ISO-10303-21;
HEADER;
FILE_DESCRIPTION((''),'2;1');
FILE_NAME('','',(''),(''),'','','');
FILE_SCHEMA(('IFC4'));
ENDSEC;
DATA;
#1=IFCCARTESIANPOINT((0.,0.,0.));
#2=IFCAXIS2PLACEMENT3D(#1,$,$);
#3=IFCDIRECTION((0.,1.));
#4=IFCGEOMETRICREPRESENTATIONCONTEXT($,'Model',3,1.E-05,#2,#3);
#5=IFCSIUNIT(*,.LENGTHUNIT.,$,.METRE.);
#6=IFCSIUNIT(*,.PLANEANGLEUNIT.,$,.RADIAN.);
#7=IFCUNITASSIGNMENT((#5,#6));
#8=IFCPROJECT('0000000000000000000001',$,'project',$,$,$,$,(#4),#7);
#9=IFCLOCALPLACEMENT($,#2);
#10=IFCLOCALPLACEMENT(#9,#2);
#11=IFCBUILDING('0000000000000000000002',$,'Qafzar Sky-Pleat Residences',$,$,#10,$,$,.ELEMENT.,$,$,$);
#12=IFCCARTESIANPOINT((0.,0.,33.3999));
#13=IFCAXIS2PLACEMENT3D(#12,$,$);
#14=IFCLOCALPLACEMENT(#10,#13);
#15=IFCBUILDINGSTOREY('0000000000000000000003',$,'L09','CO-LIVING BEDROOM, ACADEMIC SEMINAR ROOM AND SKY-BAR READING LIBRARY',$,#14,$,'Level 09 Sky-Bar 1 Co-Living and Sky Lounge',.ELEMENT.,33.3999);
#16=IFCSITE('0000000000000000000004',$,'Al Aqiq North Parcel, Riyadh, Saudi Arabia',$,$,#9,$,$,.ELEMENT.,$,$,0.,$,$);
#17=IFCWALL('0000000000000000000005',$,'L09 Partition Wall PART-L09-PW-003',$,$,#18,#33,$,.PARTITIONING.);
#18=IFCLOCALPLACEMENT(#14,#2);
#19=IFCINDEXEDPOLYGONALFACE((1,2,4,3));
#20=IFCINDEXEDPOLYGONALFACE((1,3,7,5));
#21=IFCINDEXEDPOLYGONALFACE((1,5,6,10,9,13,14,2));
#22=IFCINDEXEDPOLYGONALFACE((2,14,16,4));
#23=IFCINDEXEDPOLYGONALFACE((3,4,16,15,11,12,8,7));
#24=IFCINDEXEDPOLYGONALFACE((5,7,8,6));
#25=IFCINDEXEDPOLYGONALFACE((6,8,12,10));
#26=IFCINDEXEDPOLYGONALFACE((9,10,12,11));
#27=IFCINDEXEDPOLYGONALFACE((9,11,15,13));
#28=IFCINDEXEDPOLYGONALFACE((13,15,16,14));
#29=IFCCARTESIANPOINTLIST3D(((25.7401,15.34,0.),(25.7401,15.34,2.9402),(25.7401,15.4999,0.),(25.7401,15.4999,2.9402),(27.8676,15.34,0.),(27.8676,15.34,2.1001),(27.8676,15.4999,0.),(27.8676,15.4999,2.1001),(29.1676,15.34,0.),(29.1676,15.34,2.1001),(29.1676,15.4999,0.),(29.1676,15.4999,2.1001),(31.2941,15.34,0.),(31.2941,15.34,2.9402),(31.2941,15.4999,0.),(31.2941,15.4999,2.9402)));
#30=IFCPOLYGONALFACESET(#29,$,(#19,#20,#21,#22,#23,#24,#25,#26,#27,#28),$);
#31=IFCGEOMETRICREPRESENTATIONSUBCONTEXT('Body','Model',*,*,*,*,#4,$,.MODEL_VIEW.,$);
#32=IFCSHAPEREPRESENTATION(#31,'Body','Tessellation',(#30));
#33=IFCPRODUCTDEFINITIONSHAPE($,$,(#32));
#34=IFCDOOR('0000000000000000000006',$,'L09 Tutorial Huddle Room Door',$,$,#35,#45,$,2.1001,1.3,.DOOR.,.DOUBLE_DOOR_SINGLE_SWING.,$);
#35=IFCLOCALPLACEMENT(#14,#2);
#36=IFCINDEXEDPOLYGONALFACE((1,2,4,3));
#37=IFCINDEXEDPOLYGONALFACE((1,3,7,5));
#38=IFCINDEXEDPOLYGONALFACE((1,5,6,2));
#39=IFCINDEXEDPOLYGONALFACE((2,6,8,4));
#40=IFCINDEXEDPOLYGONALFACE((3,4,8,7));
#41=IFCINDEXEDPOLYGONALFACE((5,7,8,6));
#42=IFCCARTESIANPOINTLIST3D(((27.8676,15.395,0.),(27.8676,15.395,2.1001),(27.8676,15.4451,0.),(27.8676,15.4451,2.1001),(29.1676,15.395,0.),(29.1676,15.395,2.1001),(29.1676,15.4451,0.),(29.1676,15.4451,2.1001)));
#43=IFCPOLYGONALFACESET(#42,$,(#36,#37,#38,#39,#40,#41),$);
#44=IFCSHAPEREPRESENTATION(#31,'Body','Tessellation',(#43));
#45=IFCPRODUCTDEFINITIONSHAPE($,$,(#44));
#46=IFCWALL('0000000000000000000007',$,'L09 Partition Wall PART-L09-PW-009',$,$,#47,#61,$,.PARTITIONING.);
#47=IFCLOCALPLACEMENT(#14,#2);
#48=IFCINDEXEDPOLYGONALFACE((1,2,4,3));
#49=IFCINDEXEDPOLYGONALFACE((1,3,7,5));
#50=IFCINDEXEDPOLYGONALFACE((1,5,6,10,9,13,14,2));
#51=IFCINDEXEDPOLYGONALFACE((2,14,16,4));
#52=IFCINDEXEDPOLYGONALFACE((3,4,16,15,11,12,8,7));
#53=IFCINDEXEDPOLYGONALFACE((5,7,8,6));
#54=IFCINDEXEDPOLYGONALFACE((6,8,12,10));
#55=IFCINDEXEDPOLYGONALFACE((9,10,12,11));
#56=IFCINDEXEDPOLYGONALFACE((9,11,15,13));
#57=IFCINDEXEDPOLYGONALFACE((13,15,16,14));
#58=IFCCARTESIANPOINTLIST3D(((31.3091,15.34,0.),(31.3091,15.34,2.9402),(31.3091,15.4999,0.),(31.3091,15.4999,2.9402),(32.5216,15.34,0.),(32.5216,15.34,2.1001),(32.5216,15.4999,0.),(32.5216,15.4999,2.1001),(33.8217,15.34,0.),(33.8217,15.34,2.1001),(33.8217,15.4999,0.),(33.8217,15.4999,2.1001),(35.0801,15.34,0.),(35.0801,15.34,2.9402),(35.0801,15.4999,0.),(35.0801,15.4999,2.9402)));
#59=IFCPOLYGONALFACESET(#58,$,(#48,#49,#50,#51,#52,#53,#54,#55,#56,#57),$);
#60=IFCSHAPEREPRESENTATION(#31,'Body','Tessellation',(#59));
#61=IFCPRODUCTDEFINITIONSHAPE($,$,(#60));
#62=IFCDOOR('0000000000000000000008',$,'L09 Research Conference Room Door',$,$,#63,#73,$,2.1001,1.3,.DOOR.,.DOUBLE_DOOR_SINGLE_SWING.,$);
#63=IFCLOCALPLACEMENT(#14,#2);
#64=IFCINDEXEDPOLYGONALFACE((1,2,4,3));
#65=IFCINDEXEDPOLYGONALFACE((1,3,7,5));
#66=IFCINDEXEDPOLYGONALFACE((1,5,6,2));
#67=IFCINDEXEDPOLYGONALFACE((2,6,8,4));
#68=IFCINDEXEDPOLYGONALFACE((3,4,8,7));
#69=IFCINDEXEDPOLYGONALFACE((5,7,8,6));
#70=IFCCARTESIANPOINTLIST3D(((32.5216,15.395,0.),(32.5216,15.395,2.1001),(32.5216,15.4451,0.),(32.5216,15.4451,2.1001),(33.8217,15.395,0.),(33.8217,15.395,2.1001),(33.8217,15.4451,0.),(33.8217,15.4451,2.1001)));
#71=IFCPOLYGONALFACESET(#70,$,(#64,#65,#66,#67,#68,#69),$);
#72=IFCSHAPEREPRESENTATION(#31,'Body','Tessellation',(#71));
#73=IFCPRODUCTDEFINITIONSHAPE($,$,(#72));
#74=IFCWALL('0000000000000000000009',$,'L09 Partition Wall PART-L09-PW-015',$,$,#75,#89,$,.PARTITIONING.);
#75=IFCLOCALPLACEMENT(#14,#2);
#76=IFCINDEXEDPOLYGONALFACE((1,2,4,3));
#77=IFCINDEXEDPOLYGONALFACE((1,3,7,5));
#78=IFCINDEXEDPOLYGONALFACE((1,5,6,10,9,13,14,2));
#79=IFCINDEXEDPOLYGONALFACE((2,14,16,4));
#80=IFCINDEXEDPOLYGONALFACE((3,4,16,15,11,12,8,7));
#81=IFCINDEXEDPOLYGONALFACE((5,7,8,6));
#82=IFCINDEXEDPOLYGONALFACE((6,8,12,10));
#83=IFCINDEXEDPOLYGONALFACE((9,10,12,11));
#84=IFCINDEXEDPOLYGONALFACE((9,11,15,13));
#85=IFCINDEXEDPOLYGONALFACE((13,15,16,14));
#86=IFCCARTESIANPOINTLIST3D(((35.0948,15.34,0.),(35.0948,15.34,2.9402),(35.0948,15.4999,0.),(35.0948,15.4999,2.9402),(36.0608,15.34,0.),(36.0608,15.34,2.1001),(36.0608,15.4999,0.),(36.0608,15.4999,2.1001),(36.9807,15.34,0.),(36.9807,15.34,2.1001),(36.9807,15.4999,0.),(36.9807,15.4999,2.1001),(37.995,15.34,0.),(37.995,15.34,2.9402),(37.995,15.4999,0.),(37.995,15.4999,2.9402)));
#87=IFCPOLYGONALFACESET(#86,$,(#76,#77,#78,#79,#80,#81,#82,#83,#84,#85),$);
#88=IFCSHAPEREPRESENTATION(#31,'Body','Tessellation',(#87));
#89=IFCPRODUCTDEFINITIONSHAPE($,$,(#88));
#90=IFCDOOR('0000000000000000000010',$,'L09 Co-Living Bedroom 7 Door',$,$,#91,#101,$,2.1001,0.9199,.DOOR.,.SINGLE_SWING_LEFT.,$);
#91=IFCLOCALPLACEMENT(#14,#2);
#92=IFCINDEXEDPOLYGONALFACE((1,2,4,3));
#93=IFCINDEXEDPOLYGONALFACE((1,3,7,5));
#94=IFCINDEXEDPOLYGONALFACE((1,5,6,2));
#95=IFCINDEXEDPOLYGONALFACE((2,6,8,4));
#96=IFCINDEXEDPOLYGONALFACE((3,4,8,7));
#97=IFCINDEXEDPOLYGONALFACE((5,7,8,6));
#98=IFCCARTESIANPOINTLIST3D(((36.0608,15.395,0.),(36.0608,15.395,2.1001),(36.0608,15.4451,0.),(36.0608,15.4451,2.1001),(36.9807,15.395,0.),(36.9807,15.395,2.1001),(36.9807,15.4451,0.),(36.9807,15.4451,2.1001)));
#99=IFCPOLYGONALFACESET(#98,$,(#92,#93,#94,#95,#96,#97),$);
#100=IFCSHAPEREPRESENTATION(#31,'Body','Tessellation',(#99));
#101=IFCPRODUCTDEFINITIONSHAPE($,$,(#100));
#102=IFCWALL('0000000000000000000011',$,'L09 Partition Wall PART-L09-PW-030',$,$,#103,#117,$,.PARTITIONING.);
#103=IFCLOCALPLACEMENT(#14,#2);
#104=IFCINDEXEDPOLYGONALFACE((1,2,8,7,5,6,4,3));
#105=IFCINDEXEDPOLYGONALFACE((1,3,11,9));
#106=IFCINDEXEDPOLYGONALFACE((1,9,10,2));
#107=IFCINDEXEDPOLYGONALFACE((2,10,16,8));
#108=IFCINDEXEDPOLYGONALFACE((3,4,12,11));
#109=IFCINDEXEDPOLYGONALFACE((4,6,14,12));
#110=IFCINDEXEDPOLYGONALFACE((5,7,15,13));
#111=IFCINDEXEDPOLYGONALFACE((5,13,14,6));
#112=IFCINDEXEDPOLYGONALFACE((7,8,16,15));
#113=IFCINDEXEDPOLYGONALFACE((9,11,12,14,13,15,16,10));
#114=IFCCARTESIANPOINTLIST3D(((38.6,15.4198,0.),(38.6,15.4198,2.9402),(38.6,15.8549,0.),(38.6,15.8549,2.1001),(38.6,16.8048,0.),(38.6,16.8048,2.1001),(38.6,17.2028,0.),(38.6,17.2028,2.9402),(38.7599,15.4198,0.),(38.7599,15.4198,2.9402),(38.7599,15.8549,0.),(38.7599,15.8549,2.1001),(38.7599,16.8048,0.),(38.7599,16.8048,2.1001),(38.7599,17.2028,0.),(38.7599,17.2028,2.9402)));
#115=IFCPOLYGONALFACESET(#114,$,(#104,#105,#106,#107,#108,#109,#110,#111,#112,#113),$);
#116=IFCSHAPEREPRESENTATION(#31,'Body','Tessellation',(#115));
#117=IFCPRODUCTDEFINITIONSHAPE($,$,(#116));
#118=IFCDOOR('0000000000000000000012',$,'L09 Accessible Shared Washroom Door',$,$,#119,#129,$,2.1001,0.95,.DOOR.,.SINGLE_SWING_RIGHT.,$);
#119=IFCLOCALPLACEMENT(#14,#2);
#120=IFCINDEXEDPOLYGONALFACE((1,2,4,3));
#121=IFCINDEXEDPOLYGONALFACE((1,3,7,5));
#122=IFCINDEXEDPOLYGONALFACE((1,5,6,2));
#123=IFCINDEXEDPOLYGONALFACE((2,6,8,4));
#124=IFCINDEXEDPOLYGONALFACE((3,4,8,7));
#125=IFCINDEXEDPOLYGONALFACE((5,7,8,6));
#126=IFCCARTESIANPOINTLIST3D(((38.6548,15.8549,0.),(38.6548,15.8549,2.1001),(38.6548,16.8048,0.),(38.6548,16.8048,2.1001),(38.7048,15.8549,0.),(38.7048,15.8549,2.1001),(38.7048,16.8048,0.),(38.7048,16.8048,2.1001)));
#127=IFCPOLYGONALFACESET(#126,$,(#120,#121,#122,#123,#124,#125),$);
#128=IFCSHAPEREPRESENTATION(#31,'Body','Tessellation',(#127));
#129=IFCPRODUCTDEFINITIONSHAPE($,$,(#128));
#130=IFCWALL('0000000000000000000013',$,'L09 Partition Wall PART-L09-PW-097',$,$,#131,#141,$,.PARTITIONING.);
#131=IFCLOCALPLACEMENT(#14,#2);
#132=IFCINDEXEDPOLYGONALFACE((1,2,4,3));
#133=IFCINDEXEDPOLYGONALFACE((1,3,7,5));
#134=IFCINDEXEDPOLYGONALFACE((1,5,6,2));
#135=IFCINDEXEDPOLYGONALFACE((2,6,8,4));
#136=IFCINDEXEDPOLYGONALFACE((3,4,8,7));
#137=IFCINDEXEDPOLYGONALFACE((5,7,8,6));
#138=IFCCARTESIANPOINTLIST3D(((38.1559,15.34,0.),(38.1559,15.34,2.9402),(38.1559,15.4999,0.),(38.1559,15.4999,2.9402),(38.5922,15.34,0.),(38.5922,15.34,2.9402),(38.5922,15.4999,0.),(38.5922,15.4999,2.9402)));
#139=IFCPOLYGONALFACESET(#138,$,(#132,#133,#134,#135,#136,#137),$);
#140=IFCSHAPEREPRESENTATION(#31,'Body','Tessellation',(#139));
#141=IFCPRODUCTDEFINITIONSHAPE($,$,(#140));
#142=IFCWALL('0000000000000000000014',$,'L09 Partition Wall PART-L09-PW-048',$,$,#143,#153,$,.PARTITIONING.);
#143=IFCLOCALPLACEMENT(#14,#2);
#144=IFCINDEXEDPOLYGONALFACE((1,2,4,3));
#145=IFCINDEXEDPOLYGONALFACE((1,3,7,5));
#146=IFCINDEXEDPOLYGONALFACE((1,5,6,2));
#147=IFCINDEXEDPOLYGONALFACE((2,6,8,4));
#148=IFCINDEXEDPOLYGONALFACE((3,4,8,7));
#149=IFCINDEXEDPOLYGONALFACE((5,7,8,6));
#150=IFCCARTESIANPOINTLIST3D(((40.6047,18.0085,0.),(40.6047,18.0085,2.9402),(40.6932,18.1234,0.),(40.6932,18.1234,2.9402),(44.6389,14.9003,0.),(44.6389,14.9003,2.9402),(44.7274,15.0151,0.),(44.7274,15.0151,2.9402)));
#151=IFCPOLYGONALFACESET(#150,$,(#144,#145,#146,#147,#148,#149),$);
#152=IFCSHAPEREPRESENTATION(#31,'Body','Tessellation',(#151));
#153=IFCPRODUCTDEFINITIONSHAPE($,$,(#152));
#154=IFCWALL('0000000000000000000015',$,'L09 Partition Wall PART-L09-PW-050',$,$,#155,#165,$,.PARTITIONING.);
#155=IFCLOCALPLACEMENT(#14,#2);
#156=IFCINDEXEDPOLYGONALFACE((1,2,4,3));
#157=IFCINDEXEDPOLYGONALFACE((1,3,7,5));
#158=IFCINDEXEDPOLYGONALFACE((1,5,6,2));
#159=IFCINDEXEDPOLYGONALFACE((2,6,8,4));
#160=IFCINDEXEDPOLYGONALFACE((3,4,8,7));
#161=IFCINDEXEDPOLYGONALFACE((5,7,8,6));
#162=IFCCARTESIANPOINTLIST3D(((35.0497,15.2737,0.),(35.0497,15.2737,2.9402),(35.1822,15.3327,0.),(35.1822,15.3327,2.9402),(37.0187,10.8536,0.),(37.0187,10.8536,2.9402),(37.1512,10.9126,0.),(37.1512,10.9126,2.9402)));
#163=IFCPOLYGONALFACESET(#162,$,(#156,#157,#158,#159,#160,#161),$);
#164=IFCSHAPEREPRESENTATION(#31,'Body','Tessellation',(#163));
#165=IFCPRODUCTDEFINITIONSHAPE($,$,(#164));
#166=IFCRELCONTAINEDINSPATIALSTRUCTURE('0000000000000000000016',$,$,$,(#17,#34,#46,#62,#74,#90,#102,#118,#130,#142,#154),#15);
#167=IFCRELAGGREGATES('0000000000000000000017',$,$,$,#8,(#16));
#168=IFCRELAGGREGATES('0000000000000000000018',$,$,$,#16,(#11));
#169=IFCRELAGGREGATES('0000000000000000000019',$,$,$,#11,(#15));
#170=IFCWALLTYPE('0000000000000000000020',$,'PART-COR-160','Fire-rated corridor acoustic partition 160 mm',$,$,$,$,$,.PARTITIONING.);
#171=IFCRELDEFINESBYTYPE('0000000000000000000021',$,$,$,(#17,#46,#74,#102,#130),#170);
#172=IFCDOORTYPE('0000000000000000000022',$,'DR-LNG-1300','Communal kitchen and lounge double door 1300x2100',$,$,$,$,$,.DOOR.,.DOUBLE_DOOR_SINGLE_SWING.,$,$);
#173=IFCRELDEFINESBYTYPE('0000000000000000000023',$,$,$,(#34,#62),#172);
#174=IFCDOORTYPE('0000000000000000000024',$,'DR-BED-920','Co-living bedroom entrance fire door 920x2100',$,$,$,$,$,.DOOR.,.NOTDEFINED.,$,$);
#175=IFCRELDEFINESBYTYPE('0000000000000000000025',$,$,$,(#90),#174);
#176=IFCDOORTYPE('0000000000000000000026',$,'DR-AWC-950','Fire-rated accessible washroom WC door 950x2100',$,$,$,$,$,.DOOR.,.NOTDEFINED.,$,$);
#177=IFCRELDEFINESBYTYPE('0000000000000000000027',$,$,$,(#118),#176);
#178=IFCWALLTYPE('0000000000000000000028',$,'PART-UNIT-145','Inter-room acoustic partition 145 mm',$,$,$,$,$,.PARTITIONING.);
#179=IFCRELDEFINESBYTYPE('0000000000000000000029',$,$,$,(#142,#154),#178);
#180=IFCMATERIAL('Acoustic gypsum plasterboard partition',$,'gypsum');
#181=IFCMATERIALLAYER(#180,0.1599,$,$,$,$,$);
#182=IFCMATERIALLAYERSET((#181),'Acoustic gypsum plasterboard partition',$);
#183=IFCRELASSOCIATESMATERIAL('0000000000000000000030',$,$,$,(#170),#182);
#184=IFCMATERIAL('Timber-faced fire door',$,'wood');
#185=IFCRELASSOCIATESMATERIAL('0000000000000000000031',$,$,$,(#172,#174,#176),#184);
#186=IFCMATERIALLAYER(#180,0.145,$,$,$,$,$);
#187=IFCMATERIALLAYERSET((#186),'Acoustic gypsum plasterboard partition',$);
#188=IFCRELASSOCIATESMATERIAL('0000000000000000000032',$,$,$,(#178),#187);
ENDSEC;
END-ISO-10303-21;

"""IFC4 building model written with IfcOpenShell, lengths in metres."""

from ifc_helpers import new_model, si_unit, direction, frame, frame_2d, origin, place, context, subcontext, project, spatial, rectangle, extrude, source, transform, mapped, material, layer, layer_set, type_object, element, fill, save


model = new_model("IFC4")

# Units and contexts
model_context = context("Model", 3, precision=1e-05, world=origin(), true_north=direction((0.0, 1.0)))
body_context = subcontext(model_context, "Body", "Model", "MODEL_VIEW")
ifc_project = project(units=[si_unit("LENGTHUNIT", "METRE"), si_unit("PLANEANGLEUNIT", "RADIAN")], contexts=[model_context])

# Site, building, storey
site_placement = place(None, origin())
site = spatial("IfcSite", under=ifc_project, at=site_placement, Name="Al Aqiq North Parcel, Riyadh, Saudi Arabia", CompositionType="ELEMENT", RefElevation=0.0)
building_placement = place(site_placement, origin())
building = spatial("IfcBuilding", under=site, at=building_placement, Name="Qafzar Sky-Pleat Residences", CompositionType="ELEMENT")
storey_placement = place(building_placement, frame((0.0, 0.0, 33.3999)))
storey = spatial("IfcBuildingStorey", under=building, at=storey_placement, Name="L09", Description="CO-LIVING BEDROOM, ACADEMIC SEMINAR ROOM AND SKY-BAR READING LIBRARY", LongName="Level 09 Sky-Bar 1 Co-Living and Sky Lounge", CompositionType="ELEMENT", Elevation=33.3999)

# Walls, openings, doors
ifc_material_1 = material(Name="Acoustic gypsum plasterboard partition", Category="gypsum")
ifc_layer_1 = layer(ifc_material_1, 0.1599)
ifc_layer_set_1 = layer_set([ifc_layer_1], Name="Acoustic gypsum plasterboard partition")
wall_type_1 = type_object("IfcWallType", Name="PART-COR-160", Description="Fire-rated corridor acoustic partition 160 mm", PredefinedType="PARTITIONING", material=ifc_layer_set_1)
wall_1_placement = place(storey_placement, frame((31.2939, 15.4199, 0.0), z_axis=(0.0, 0.0, 1.0), x_axis=(-1.0, 0.0, 0.0)))
wall_1 = element("IfcWall", 1, at=wall_1_placement, inside=storey, type_object=wall_type_1, Name="L09 Partition Wall PART-L09-PW-003", PredefinedType="PARTITIONING", context=body_context, shape_type="SweptSolid", body=[
    extrude(rectangle(XDim=5.554, YDim=0.1599, at=frame_2d((2.7769, 0.0))), origin(), (0.0, 0.0, 1.0), 2.9402),
])
opening_1_placement = place(wall_1_placement, frame((2.1265, 0.0, 0.0)))
opening_1 = element("IfcOpeningElement", 2, at=opening_1_placement, cuts=wall_1, PredefinedType="OPENING", context=body_context, shape_type="SweptSolid", body=[
    extrude(rectangle(XDim=1.3, YDim=2.1001, at=frame_2d((0.6499, 1.05))), frame((0.0, 0.0898, 0.0), z_axis=(0.0, -1.0, 0.0), x_axis=(1.0, 0.0, 0.0)), (0.0, 0.0, 1.0), 0.1799),
])
ifc_material_2 = material(Name="Timber-faced fire door", Category="wood")
door_type_1 = type_object("IfcDoorType", Name="DR-LNG-1300", Description="Communal kitchen and lounge double door 1300x2100", OperationType="DOUBLE_DOOR_SINGLE_SWING", PredefinedType="DOOR", material=ifc_material_2)
shared_shape_1 = source(origin(), body_context, "Body", "SweptSolid", [
    extrude(rectangle(XDim=1.3, YDim=2.1001, at=frame_2d((0.6499, 1.05))), frame((0.0, 0.0249, 0.0), z_axis=(0.0, -1.0, 0.0), x_axis=(1.0, 0.0, 0.0)), (0.0, 0.0, 1.0), 0.05),
])
door_1_placement = place(opening_1_placement, origin())
door_1 = element("IfcDoor", 3, at=door_1_placement, inside=storey, type_object=door_type_1, Name="L09 Tutorial Huddle Room Door", OperationType="DOUBLE_DOOR_SINGLE_SWING", OverallHeight=2.1001, OverallWidth=1.3, PredefinedType="DOOR", context=body_context, shape_type="MappedRepresentation", body=[
    mapped(shared_shape_1, transform((0.0, 0.0, 0.0), x_axis=(1.0, 0.0, 0.0), y_axis=(0.0, 1.0, 0.0), z_axis=(0.0, 0.0, 1.0), scale=1.0)),
])
fill(opening_1, door_1)
wall_2_placement = place(storey_placement, frame((35.0801, 15.4199, 0.0), z_axis=(0.0, 0.0, 1.0), x_axis=(-1.0, 0.0, 0.0)))
wall_2 = element("IfcWall", 4, at=wall_2_placement, inside=storey, type_object=wall_type_1, Name="L09 Partition Wall PART-L09-PW-009", PredefinedType="PARTITIONING", context=body_context, shape_type="SweptSolid", body=[
    extrude(rectangle(XDim=3.771, YDim=0.1599, at=frame_2d((1.8855, 0.0))), origin(), (0.0, 0.0, 1.0), 2.9402),
])
opening_2_placement = place(wall_2_placement, frame((1.2585, 0.0, 0.0)))
opening_2 = element("IfcOpeningElement", 5, at=opening_2_placement, cuts=wall_2, PredefinedType="OPENING", context=body_context, shape_type="SweptSolid", body=[
    extrude(rectangle(XDim=1.3, YDim=2.1001, at=frame_2d((0.6499, 1.05))), frame((0.0, 0.0898, 0.0), z_axis=(0.0, -1.0, 0.0), x_axis=(1.0, 0.0, 0.0)), (0.0, 0.0, 1.0), 0.1799),
])
door_2_placement = place(opening_2_placement, origin())
door_2 = element("IfcDoor", 6, at=door_2_placement, inside=storey, type_object=door_type_1, Name="L09 Research Conference Room Door", OperationType="DOUBLE_DOOR_SINGLE_SWING", OverallHeight=2.1001, OverallWidth=1.3, PredefinedType="DOOR", context=body_context, shape_type="MappedRepresentation", body=[
    mapped(shared_shape_1, transform((0.0, 0.0, 0.0), x_axis=(1.0, 0.0, 0.0), y_axis=(0.0, 1.0, 0.0), z_axis=(0.0, 0.0, 1.0), scale=1.0)),
])
fill(opening_2, door_2)
wall_3_placement = place(storey_placement, frame((37.9951, 15.4199, 0.0), z_axis=(0.0, 0.0, 1.0), x_axis=(-1.0, 0.0, 0.0)))
wall_3 = element("IfcWall", 7, at=wall_3_placement, inside=storey, type_object=wall_type_1, Name="L09 Partition Wall PART-L09-PW-015", PredefinedType="PARTITIONING", context=body_context, shape_type="SweptSolid", body=[
    extrude(rectangle(XDim=2.9001, YDim=0.1599, at=frame_2d((1.4502, 0.0))), origin(), (0.0, 0.0, 1.0), 2.9402),
])
opening_3_placement = place(wall_3_placement, frame((1.0144, 0.0, 0.0)))
opening_3 = element("IfcOpeningElement", 8, at=opening_3_placement, cuts=wall_3, PredefinedType="OPENING", context=body_context, shape_type="SweptSolid", body=[
    extrude(rectangle(XDim=0.9199, YDim=2.1001, at=frame_2d((0.46, 1.05))), frame((0.0, 0.0898, 0.0), z_axis=(0.0, -1.0, 0.0), x_axis=(1.0, 0.0, 0.0)), (0.0, 0.0, 1.0), 0.1799),
])
door_type_2 = type_object("IfcDoorType", Name="DR-BED-920", Description="Co-living bedroom entrance fire door 920x2100", OperationType="NOTDEFINED", PredefinedType="DOOR", material=ifc_material_2)
shared_shape_2 = source(origin(), body_context, "Body", "SweptSolid", [
    extrude(rectangle(XDim=0.9199, YDim=2.1001, at=frame_2d((0.46, 1.05))), frame((0.0, 0.0249, 0.0), z_axis=(0.0, -1.0, 0.0), x_axis=(1.0, 0.0, 0.0)), (0.0, 0.0, 1.0), 0.05),
])
door_3_placement = place(opening_3_placement, origin())
door_3 = element("IfcDoor", 9, at=door_3_placement, inside=storey, type_object=door_type_2, Name="L09 Co-Living Bedroom 7 Door", OperationType="SINGLE_SWING_LEFT", OverallHeight=2.1001, OverallWidth=0.9199, PredefinedType="DOOR", context=body_context, shape_type="MappedRepresentation", body=[
    mapped(shared_shape_2, transform((0.0, 0.0, 0.0), x_axis=(1.0, 0.0, 0.0), y_axis=(0.0, 1.0, 0.0), z_axis=(0.0, 0.0, 1.0), scale=1.0)),
])
fill(opening_3, door_3)
wall_4_placement = place(storey_placement, frame((38.6799, 17.2029, 0.0), z_axis=(0.0, 0.0, 1.0), x_axis=(0.0, -1.0, 0.0)))
wall_4 = element("IfcWall", 10, at=wall_4_placement, inside=storey, type_object=wall_type_1, Name="L09 Partition Wall PART-L09-PW-030", PredefinedType="PARTITIONING", context=body_context, shape_type="SweptSolid", body=[
    extrude(rectangle(XDim=1.783, YDim=0.1599, at=frame_2d((0.8916, 0.0))), origin(), (0.0, 0.0, 1.0), 2.9402),
])
opening_4_placement = place(wall_4_placement, frame((0.3979, 0.0, 0.0)))
opening_4 = element("IfcOpeningElement", 11, at=opening_4_placement, cuts=wall_4, PredefinedType="OPENING", context=body_context, shape_type="SweptSolid", body=[
    extrude(rectangle(XDim=0.95, YDim=2.1001, at=frame_2d((0.4751, 1.05))), frame((0.0, 0.0898, 0.0), z_axis=(0.0, -1.0, 0.0), x_axis=(1.0, 0.0, 0.0)), (0.0, 0.0, 1.0), 0.1799),
])
door_type_3 = type_object("IfcDoorType", Name="DR-AWC-950", Description="Fire-rated accessible washroom WC door 950x2100", OperationType="NOTDEFINED", PredefinedType="DOOR", material=ifc_material_2)
shared_shape_3 = source(origin(), body_context, "Body", "SweptSolid", [
    extrude(rectangle(XDim=0.95, YDim=2.1001, at=frame_2d((0.4751, 1.05))), frame((0.0, 0.0249, 0.0), z_axis=(0.0, -1.0, 0.0), x_axis=(1.0, 0.0, 0.0)), (0.0, 0.0, 1.0), 0.05),
])
door_4_placement = place(opening_4_placement, origin())
door_4 = element("IfcDoor", 12, at=door_4_placement, inside=storey, type_object=door_type_3, Name="L09 Accessible Shared Washroom Door", OperationType="SINGLE_SWING_RIGHT", OverallHeight=2.1001, OverallWidth=0.95, PredefinedType="DOOR", context=body_context, shape_type="MappedRepresentation", body=[
    mapped(shared_shape_3, transform((0.0, 0.0, 0.0), x_axis=(1.0, 0.0, 0.0), y_axis=(0.0, 1.0, 0.0), z_axis=(0.0, 0.0, 1.0), scale=1.0)),
])
fill(opening_4, door_4)

# Walls
wall_5_placement = place(storey_placement, frame((38.1558, 15.4199, 0.0), z_axis=(0.0, 0.0, 1.0), x_axis=(1.0, 0.0, 0.0)))
element("IfcWall", 13, at=wall_5_placement, inside=storey, type_object=wall_type_1, Name="L09 Partition Wall PART-L09-PW-097", PredefinedType="PARTITIONING", context=body_context, shape_type="SweptSolid", body=[
    extrude(rectangle(XDim=0.4363, YDim=0.1599, at=frame_2d((0.2183, 0.0))), origin(), (0.0, 0.0, 1.0), 2.9402),
])
ifc_layer_2 = layer(ifc_material_1, 0.145)
ifc_layer_set_2 = layer_set([ifc_layer_2], Name="Acoustic gypsum plasterboard partition")
wall_type_2 = type_object("IfcWallType", Name="PART-UNIT-145", Description="Inter-room acoustic partition 145 mm", PredefinedType="PARTITIONING", material=ifc_layer_set_2)
wall_6_placement = place(storey_placement, frame((40.6489, 18.0659, 0.0), z_axis=(0.0, 0.0, 1.0), x_axis=(0.792155, -0.61032, 0.0)))
element("IfcWall", 14, at=wall_6_placement, inside=storey, type_object=wall_type_2, Name="L09 Partition Wall PART-L09-PW-048", PredefinedType="PARTITIONING", context=body_context, shape_type="SweptSolid", body=[
    extrude(rectangle(XDim=5.0928, YDim=0.145, at=frame_2d((2.5464, 0.0))), origin(), (0.0, 0.0, 1.0), 2.9402),
])
wall_7_placement = place(storey_placement, frame((35.116, 15.3032, 0.0), z_axis=(0.0, 0.0, 1.0), x_axis=(0.406911, -0.913468, 0.0)))
element("IfcWall", 15, at=wall_7_placement, inside=storey, type_object=wall_type_2, Name="L09 Partition Wall PART-L09-PW-050", PredefinedType="PARTITIONING", context=body_context, shape_type="SweptSolid", body=[
    extrude(rectangle(XDim=4.8389, YDim=0.145, at=frame_2d((2.4194, 0.0))), origin(), (0.0, 0.0, 1.0), 2.9402),
])

save(model, "model.ifc")
